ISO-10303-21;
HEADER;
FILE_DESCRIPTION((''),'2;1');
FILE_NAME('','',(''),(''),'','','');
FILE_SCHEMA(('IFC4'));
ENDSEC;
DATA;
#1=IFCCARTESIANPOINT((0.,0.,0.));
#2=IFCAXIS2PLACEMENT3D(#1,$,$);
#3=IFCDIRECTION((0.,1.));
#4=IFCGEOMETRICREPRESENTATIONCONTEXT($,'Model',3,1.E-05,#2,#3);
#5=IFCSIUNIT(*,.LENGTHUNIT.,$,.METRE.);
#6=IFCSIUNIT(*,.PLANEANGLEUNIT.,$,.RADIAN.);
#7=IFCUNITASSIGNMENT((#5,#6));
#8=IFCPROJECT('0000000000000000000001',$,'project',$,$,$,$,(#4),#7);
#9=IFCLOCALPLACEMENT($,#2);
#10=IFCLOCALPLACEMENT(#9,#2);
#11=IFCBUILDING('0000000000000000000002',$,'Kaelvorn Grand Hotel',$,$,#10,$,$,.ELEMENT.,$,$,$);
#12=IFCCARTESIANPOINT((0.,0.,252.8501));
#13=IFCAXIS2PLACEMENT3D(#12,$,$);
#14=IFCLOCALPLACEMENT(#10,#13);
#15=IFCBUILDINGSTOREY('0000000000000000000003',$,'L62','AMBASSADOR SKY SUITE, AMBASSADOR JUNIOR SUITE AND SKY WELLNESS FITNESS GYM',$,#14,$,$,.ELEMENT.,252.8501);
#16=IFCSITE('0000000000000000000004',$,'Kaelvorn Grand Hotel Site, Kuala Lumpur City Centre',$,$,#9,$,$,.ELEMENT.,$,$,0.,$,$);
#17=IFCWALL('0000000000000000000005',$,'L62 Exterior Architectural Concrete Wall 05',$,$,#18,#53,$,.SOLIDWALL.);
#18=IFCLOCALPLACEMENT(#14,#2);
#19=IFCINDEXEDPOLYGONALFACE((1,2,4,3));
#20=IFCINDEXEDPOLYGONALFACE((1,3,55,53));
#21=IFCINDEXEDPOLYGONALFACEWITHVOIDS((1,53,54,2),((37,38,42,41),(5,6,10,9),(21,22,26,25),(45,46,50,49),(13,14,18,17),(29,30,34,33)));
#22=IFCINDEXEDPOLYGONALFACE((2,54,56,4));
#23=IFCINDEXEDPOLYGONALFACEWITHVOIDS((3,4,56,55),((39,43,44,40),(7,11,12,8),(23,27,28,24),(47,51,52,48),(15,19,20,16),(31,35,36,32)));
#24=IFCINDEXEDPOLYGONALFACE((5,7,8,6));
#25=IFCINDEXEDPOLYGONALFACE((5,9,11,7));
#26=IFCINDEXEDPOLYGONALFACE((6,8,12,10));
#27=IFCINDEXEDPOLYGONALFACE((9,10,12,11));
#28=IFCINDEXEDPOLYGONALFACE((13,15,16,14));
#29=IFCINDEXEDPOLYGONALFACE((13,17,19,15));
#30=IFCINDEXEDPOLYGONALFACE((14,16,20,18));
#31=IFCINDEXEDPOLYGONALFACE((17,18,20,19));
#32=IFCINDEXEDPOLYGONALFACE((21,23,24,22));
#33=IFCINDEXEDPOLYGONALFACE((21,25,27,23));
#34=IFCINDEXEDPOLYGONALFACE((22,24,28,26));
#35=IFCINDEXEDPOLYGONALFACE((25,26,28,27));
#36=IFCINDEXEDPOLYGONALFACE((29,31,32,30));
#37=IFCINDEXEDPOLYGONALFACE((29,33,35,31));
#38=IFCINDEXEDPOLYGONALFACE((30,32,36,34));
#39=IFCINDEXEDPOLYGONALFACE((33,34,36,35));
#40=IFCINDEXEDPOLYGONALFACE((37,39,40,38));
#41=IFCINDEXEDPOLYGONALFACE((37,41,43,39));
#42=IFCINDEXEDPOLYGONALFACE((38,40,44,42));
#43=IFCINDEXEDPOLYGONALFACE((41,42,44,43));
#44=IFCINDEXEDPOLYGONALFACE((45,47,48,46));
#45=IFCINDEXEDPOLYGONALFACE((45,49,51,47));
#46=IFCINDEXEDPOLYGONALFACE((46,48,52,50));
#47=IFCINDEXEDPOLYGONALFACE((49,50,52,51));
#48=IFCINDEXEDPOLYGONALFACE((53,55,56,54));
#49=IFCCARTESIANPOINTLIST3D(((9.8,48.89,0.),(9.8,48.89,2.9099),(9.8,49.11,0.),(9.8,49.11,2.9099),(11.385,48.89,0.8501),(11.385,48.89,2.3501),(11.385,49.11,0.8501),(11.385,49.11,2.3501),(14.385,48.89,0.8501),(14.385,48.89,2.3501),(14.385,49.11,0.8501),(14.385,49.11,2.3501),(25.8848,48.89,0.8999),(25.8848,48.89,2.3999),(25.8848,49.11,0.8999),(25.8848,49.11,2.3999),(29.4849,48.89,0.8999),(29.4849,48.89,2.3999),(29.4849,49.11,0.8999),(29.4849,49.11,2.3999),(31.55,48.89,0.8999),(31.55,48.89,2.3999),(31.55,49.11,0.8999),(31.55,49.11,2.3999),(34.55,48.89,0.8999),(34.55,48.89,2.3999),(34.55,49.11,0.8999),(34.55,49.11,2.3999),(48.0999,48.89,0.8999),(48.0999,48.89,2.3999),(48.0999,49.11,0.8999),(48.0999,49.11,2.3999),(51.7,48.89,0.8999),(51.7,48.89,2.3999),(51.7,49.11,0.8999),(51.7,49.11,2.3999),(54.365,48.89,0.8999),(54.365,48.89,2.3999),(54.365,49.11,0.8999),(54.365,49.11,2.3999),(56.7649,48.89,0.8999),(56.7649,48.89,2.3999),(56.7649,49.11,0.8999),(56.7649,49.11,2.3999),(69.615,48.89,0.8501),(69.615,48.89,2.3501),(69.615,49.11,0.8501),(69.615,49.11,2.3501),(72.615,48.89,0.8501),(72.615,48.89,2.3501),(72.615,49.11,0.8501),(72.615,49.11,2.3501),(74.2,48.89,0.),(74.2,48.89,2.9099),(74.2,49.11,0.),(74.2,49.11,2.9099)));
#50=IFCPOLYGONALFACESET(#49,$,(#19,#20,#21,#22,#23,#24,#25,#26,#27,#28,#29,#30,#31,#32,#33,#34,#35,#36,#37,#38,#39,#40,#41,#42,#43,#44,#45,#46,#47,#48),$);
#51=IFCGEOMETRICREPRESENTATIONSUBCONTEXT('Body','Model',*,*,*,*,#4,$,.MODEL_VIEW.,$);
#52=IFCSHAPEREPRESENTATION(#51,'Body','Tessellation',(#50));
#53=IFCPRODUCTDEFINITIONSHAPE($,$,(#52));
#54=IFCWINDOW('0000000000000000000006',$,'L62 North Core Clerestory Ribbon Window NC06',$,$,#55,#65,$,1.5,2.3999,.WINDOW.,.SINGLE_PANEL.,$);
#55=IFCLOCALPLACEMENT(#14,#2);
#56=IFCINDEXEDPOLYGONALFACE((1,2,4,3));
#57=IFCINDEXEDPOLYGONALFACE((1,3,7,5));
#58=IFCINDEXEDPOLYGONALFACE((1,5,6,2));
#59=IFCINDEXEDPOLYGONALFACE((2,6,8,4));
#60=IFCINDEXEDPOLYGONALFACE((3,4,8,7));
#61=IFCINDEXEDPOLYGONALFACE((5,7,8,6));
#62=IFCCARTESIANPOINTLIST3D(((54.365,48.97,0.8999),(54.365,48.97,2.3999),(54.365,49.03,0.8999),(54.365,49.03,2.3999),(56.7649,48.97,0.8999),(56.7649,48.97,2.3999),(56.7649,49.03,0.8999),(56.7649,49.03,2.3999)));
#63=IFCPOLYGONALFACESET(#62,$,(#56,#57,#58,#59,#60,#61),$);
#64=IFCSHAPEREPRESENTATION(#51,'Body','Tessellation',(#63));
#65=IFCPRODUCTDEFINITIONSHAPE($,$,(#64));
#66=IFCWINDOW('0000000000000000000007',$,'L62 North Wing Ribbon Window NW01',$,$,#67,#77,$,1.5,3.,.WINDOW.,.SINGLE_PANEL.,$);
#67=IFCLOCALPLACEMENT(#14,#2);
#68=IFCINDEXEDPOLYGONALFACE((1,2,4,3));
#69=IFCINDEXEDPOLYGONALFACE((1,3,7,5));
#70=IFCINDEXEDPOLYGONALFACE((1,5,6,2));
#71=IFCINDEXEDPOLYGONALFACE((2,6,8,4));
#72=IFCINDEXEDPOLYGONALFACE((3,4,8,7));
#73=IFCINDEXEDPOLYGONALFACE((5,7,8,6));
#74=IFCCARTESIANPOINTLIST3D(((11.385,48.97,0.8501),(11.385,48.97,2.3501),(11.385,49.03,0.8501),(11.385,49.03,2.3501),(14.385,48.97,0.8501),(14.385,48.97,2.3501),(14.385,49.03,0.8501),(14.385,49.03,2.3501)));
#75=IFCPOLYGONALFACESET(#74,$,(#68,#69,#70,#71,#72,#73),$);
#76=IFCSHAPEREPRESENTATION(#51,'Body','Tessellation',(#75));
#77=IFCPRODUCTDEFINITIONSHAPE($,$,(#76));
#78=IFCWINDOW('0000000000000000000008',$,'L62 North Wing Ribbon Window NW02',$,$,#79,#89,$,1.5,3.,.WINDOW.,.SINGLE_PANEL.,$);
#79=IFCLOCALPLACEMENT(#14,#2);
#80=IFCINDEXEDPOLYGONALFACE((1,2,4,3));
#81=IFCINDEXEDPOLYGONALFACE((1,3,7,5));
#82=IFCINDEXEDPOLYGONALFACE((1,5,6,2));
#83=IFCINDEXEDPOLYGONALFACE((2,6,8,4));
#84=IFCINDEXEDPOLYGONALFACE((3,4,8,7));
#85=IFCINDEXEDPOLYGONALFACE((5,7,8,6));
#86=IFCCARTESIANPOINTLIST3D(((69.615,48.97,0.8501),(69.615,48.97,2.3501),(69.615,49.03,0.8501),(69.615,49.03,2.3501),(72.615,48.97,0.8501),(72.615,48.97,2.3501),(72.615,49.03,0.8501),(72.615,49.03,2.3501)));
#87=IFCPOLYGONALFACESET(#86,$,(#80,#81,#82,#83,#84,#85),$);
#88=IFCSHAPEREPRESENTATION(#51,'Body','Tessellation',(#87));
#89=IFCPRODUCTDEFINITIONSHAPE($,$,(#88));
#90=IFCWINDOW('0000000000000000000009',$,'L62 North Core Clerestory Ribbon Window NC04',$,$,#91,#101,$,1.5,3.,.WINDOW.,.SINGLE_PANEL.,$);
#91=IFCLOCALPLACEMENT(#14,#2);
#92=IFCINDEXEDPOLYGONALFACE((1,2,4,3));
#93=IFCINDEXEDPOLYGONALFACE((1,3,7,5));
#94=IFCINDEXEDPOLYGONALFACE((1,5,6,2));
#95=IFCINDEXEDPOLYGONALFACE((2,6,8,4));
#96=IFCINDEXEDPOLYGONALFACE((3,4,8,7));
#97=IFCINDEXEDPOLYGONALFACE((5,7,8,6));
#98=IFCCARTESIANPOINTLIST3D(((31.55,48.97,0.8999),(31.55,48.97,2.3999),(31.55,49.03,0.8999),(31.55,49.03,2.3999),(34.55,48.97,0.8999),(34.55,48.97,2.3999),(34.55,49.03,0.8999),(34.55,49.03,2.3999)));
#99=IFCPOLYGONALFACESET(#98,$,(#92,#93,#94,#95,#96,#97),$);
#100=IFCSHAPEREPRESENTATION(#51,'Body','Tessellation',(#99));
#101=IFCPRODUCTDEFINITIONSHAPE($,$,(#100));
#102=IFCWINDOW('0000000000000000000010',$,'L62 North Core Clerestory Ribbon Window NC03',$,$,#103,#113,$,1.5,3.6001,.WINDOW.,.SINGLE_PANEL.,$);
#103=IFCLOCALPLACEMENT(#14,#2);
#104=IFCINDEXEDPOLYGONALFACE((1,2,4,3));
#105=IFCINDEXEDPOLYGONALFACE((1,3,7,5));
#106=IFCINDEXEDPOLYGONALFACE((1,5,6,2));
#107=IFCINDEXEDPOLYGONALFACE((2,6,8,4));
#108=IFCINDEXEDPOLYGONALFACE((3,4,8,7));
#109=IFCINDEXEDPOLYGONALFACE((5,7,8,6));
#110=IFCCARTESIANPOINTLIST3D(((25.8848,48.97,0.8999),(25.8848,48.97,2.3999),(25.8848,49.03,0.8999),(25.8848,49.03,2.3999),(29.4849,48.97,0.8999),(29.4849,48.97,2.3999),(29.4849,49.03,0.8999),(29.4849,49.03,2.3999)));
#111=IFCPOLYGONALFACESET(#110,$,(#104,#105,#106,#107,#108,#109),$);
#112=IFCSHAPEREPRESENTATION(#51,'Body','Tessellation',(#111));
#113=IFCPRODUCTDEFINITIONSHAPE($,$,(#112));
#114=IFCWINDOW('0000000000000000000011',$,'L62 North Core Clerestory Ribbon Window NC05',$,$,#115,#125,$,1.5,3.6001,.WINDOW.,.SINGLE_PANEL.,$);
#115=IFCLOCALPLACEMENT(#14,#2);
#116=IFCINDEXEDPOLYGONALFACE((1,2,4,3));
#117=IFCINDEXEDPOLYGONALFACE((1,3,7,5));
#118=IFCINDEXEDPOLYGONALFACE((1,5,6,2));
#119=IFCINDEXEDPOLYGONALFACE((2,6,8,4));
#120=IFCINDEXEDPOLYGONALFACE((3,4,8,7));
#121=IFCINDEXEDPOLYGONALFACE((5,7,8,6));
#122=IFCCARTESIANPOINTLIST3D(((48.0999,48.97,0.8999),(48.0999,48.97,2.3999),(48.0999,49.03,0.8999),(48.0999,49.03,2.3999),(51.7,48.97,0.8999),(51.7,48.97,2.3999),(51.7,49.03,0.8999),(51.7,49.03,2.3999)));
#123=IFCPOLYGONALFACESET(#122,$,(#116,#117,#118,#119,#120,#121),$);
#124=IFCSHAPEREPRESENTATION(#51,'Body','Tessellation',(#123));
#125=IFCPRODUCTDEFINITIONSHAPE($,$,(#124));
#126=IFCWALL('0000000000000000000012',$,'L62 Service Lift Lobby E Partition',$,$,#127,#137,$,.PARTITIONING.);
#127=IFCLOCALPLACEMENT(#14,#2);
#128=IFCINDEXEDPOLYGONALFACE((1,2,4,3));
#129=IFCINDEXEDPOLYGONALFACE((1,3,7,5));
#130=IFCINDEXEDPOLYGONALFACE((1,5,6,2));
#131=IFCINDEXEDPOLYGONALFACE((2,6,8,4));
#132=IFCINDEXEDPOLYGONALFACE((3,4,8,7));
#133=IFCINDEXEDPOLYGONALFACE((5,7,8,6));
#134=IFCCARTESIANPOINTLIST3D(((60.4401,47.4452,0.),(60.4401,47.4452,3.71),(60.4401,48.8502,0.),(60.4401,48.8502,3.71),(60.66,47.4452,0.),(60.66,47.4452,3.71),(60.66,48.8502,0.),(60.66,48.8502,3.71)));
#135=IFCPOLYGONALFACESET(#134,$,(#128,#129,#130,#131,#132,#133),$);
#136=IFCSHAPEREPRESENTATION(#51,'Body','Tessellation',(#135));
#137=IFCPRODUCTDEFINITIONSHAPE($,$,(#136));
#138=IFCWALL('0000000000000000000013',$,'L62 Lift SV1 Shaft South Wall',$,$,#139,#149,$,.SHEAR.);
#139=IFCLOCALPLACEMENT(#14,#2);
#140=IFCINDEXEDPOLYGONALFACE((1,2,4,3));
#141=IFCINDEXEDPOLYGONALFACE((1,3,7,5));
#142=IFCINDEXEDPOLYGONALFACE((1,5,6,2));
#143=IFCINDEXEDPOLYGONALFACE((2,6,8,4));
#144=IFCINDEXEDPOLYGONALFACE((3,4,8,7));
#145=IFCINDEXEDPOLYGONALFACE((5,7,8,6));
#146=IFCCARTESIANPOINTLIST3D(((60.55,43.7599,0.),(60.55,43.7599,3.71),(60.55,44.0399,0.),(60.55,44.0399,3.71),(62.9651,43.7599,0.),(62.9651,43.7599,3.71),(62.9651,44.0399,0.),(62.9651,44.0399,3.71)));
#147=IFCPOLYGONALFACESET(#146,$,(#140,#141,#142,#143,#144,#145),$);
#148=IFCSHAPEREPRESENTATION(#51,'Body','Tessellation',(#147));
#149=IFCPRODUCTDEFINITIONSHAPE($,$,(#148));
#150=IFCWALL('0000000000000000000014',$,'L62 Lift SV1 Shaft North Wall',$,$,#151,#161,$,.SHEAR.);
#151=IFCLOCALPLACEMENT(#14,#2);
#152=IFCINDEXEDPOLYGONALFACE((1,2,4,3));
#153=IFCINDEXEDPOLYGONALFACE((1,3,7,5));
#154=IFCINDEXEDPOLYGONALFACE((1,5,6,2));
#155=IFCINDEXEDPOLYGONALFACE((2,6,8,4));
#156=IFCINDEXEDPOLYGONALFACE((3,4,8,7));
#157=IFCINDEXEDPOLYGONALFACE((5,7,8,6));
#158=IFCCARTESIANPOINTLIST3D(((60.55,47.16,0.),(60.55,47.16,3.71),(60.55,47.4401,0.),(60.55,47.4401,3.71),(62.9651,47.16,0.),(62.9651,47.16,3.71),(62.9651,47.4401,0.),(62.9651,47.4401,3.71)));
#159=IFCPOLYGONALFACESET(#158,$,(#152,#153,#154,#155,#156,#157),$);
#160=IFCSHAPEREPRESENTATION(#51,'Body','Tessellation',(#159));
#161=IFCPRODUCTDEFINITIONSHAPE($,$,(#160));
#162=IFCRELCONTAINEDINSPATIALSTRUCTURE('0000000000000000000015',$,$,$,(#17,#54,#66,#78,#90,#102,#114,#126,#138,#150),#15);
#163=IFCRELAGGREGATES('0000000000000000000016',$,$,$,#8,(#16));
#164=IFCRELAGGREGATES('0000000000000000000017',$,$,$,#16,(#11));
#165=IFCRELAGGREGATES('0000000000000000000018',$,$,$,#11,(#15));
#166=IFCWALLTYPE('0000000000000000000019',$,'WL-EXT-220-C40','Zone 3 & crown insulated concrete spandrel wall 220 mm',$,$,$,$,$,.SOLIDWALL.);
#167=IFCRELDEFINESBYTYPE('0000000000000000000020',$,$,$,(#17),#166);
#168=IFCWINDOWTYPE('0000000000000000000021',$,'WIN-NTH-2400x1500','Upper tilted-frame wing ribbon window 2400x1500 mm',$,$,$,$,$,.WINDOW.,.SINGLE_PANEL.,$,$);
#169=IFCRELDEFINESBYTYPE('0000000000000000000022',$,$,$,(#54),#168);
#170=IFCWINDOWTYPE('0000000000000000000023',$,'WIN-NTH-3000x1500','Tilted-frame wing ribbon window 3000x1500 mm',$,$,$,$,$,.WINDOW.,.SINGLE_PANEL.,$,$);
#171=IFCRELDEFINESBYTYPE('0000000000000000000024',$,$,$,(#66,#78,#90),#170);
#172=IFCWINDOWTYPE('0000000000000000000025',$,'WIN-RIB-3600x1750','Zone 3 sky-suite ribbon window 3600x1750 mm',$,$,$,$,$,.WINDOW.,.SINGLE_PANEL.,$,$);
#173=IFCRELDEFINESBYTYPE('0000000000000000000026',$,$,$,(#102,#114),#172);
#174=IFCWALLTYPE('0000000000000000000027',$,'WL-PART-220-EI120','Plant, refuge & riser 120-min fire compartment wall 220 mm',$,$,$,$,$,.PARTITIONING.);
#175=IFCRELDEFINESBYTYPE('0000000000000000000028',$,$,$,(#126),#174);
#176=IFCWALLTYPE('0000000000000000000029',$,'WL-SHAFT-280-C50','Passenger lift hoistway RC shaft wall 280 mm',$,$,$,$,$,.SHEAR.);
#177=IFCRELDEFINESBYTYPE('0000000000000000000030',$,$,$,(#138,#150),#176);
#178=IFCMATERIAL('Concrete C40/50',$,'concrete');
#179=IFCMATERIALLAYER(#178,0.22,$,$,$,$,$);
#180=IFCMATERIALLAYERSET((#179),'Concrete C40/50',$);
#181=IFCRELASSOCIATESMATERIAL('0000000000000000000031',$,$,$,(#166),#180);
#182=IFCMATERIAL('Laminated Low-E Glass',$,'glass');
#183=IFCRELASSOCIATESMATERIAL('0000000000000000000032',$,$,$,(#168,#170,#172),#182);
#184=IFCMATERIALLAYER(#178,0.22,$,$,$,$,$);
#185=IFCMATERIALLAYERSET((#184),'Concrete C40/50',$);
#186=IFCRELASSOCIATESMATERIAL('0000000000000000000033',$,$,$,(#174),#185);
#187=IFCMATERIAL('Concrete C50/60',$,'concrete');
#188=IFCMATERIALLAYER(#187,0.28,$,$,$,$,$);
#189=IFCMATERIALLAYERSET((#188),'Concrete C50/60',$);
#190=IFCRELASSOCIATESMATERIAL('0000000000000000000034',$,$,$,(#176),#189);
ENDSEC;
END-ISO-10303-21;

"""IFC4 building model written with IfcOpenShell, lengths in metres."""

from ifc_helpers import new_model, si_unit, direction, frame, frame_2d, origin, place, context, subcontext, project, spatial, rectangle, extrude, material, layer, layer_set, type_object, element, fill, save


model = new_model("IFC4")

# Units and contexts
model_context = context("Model", 3, precision=1e-05, world=origin(), true_north=direction((0.0, 1.0)))
body_context = subcontext(model_context, "Body", "Model", "MODEL_VIEW")
ifc_project = project(units=[si_unit("LENGTHUNIT", "METRE"), si_unit("PLANEANGLEUNIT", "RADIAN")], contexts=[model_context])

# Site, building, storey
site_placement = place(None, origin())
site = spatial("IfcSite", under=ifc_project, at=site_placement, Name="Kaelvorn Grand Hotel Site, Kuala Lumpur City Centre", CompositionType="ELEMENT", RefElevation=0.0)
building_placement = place(site_placement, origin())
building = spatial("IfcBuilding", under=site, at=building_placement, Name="Kaelvorn Grand Hotel", CompositionType="ELEMENT")
storey_placement = place(building_placement, frame((0.0, 0.0, 252.8501)))
storey = spatial("IfcBuildingStorey", under=building, at=storey_placement, Name="L62", Description="AMBASSADOR SKY SUITE, AMBASSADOR JUNIOR SUITE AND SKY WELLNESS FITNESS GYM", CompositionType="ELEMENT", Elevation=252.8501)

# Shared definitions
ifc_material_1 = material(Name="Concrete C50/60", Category="concrete")

# Shared definitions
ifc_material_2 = material(Name="Concrete C40/50", Category="concrete")
ifc_layer_1 = layer(ifc_material_2, 0.22)
ifc_layer_set_1 = layer_set([ifc_layer_1], Name="Concrete C40/50")
wall_type_1 = type_object("IfcWallType", Name="WL-EXT-220-C40", Description="Zone 3 & crown insulated concrete spandrel wall 220 mm", PredefinedType="SOLIDWALL", material=ifc_layer_set_1)
ifc_material_3 = material(Name="Laminated Low-E Glass", Category="glass")

# Wall, openings, windows
wall_1_placement = place(storey_placement, frame((74.2, 49.0, 0.0), z_axis=(0.0, 0.0, 1.0), x_axis=(-1.0, 0.0, 0.0)))
wall_1 = element("IfcWall", 1, at=wall_1_placement, inside=storey, type_object=wall_type_1, Name="L62 Exterior Architectural Concrete Wall 05", PredefinedType="SOLIDWALL", context=body_context, shape_type="SweptSolid", body=[
    extrude(rectangle(XDim=64.3999, YDim=0.22, at=frame_2d((32.2, 0.0))), origin(), (0.0, 0.0, 1.0), 2.9099),
])
opening_1_placement = place(wall_1_placement, frame((59.8149, 0.0, 0.8501)))
opening_1 = element("IfcOpeningElement", 2, at=opening_1_placement, cuts=wall_1, PredefinedType="OPENING", context=body_context, shape_type="SweptSolid", body=[
    extrude(rectangle(XDim=3.0, YDim=1.5, at=frame_2d((1.5, 0.75))), frame((0.0, 0.1201, 0.0), z_axis=(0.0, -1.0, 0.0), x_axis=(1.0, 0.0, 0.0)), (0.0, 0.0, 1.0), 0.24),
])
opening_2_placement = place(wall_1_placement, frame((1.585, 0.0, 0.8501)))
opening_2 = element("IfcOpeningElement", 3, at=opening_2_placement, cuts=wall_1, PredefinedType="OPENING", context=body_context, shape_type="SweptSolid", body=[
    extrude(rectangle(XDim=3.0, YDim=1.5, at=frame_2d((1.5, 0.75))), frame((0.0, 0.1201, 0.0), z_axis=(0.0, -1.0, 0.0), x_axis=(1.0, 0.0, 0.0)), (0.0, 0.0, 1.0), 0.24),
])
opening_3_placement = place(wall_1_placement, frame((44.7151, 0.0, 0.8999)))
opening_3 = element("IfcOpeningElement", 4, at=opening_3_placement, cuts=wall_1, PredefinedType="OPENING", context=body_context, shape_type="SweptSolid", body=[
    extrude(rectangle(XDim=3.6001, YDim=1.5, at=frame_2d((1.8, 0.75))), frame((0.0, 0.1201, 0.0), z_axis=(0.0, -1.0, 0.0), x_axis=(1.0, 0.0, 0.0)), (0.0, 0.0, 1.0), 0.24),
])
opening_4_placement = place(wall_1_placement, frame((39.6499, 0.0, 0.8999)))
opening_4 = element("IfcOpeningElement", 5, at=opening_4_placement, cuts=wall_1, PredefinedType="OPENING", context=body_context, shape_type="SweptSolid", body=[
    extrude(rectangle(XDim=3.0, YDim=1.5, at=frame_2d((1.5, 0.75))), frame((0.0, 0.1201, 0.0), z_axis=(0.0, -1.0, 0.0), x_axis=(1.0, 0.0, 0.0)), (0.0, 0.0, 1.0), 0.24),
])
opening_5_placement = place(wall_1_placement, frame((22.5, 0.0, 0.8999)))
opening_5 = element("IfcOpeningElement", 6, at=opening_5_placement, cuts=wall_1, PredefinedType="OPENING", context=body_context, shape_type="SweptSolid", body=[
    extrude(rectangle(XDim=3.6001, YDim=1.5, at=frame_2d((1.8, 0.75))), frame((0.0, 0.1201, 0.0), z_axis=(0.0, -1.0, 0.0), x_axis=(1.0, 0.0, 0.0)), (0.0, 0.0, 1.0), 0.24),
])
opening_6_placement = place(wall_1_placement, frame((17.4351, 0.0, 0.8999)))
opening_6 = element("IfcOpeningElement", 7, at=opening_6_placement, cuts=wall_1, PredefinedType="OPENING", context=body_context, shape_type="SweptSolid", body=[
    extrude(rectangle(XDim=2.3999, YDim=1.5, at=frame_2d((1.2, 0.75))), frame((0.0, 0.1201, 0.0), z_axis=(0.0, -1.0, 0.0), x_axis=(1.0, 0.0, 0.0)), (0.0, 0.0, 1.0), 0.24),
])
window_type_1 = type_object("IfcWindowType", Name="WIN-NTH-2400x1500", Description="Upper tilted-frame wing ribbon window 2400x1500 mm", PartitioningType="SINGLE_PANEL", PredefinedType="WINDOW", material=ifc_material_3)
window_1_placement = place(opening_6_placement, origin())
window_1 = element("IfcWindow", 8, at=window_1_placement, inside=storey, type_object=window_type_1, Name="L62 North Core Clerestory Ribbon Window NC06", OverallHeight=1.5, OverallWidth=2.3999, PartitioningType="SINGLE_PANEL", PredefinedType="WINDOW", context=body_context, shape_type="SweptSolid", body=[
    extrude(rectangle(XDim=2.3999, YDim=1.5, at=frame_2d((1.2, 0.75))), frame((0.0, 0.03, 0.0), z_axis=(0.0, -1.0, 0.0), x_axis=(1.0, 0.0, 0.0)), (0.0, 0.0, 1.0), 0.0601),
])
fill(opening_6, window_1)
window_type_2 = type_object("IfcWindowType", Name="WIN-NTH-3000x1500", Description="Tilted-frame wing ribbon window 3000x1500 mm", PartitioningType="SINGLE_PANEL", PredefinedType="WINDOW", material=ifc_material_3)
window_2_placement = place(opening_1_placement, origin())
window_2 = element("IfcWindow", 9, at=window_2_placement, inside=storey, type_object=window_type_2, Name="L62 North Wing Ribbon Window NW01", OverallHeight=1.5, OverallWidth=3.0, PartitioningType="SINGLE_PANEL", PredefinedType="WINDOW", context=body_context, shape_type="SweptSolid", body=[
    extrude(rectangle(XDim=3.0, YDim=1.5, at=frame_2d((1.5, 0.75))), frame((0.0, 0.03, 0.0), z_axis=(0.0, -1.0, 0.0), x_axis=(1.0, 0.0, 0.0)), (0.0, 0.0, 1.0), 0.0601),
])
fill(opening_1, window_2)
window_3_placement = place(opening_2_placement, origin())
window_3 = element("IfcWindow", 10, at=window_3_placement, inside=storey, type_object=window_type_2, Name="L62 North Wing Ribbon Window NW02", OverallHeight=1.5, OverallWidth=3.0, PartitioningType="SINGLE_PANEL", PredefinedType="WINDOW", context=body_context, shape_type="SweptSolid", body=[
    extrude(rectangle(XDim=3.0, YDim=1.5, at=frame_2d((1.5, 0.75))), frame((0.0, 0.03, 0.0), z_axis=(0.0, -1.0, 0.0), x_axis=(1.0, 0.0, 0.0)), (0.0, 0.0, 1.0), 0.0601),
])
fill(opening_2, window_3)
window_4_placement = place(opening_4_placement, origin())
window_4 = element("IfcWindow", 11, at=window_4_placement, inside=storey, type_object=window_type_2, Name="L62 North Core Clerestory Ribbon Window NC04", OverallHeight=1.5, OverallWidth=3.0, PartitioningType="SINGLE_PANEL", PredefinedType="WINDOW", context=body_context, shape_type="SweptSolid", body=[
    extrude(rectangle(XDim=3.0, YDim=1.5, at=frame_2d((1.5, 0.75))), frame((0.0, 0.03, 0.0), z_axis=(0.0, -1.0, 0.0), x_axis=(1.0, 0.0, 0.0)), (0.0, 0.0, 1.0), 0.0601),
])
fill(opening_4, window_4)
window_type_3 = type_object("IfcWindowType", Name="WIN-RIB-3600x1750", Description="Zone 3 sky-suite ribbon window 3600x1750 mm", PartitioningType="SINGLE_PANEL", PredefinedType="WINDOW", material=ifc_material_3)
window_5_placement = place(opening_3_placement, origin())
window_5 = element("IfcWindow", 12, at=window_5_placement, inside=storey, type_object=window_type_3, Name="L62 North Core Clerestory Ribbon Window NC03", OverallHeight=1.5, OverallWidth=3.6001, PartitioningType="SINGLE_PANEL", PredefinedType="WINDOW", context=body_context, shape_type="SweptSolid", body=[
    extrude(rectangle(XDim=3.6001, YDim=1.5, at=frame_2d((1.8, 0.75))), frame((0.0, 0.03, 0.0), z_axis=(0.0, -1.0, 0.0), x_axis=(1.0, 0.0, 0.0)), (0.0, 0.0, 1.0), 0.0601),
])
fill(opening_3, window_5)
window_6_placement = place(opening_5_placement, origin())
window_6 = element("IfcWindow", 13, at=window_6_placement, inside=storey, type_object=window_type_3, Name="L62 North Core Clerestory Ribbon Window NC05", OverallHeight=1.5, OverallWidth=3.6001, PartitioningType="SINGLE_PANEL", PredefinedType="WINDOW", context=body_context, shape_type="SweptSolid", body=[
    extrude(rectangle(XDim=3.6001, YDim=1.5, at=frame_2d((1.8, 0.75))), frame((0.0, 0.03, 0.0), z_axis=(0.0, -1.0, 0.0), x_axis=(1.0, 0.0, 0.0)), (0.0, 0.0, 1.0), 0.0601),
])
fill(opening_5, window_6)

# Walls
ifc_layer_2 = layer(ifc_material_2, 0.22)
ifc_layer_set_2 = layer_set([ifc_layer_2], Name="Concrete C40/50")
wall_type_2 = type_object("IfcWallType", Name="WL-PART-220-EI120", Description="Plant, refuge & riser 120-min fire compartment wall 220 mm", PredefinedType="PARTITIONING", material=ifc_layer_set_2)
wall_2_placement = place(storey_placement, frame((60.55, 47.4451, 0.0), z_axis=(0.0, 0.0, 1.0), x_axis=(0.0, 1.0, 0.0)))
element("IfcWall", 14, at=wall_2_placement, inside=storey, type_object=wall_type_2, Name="L62 Service Lift Lobby E Partition", PredefinedType="PARTITIONING", context=body_context, shape_type="SweptSolid", body=[
    extrude(rectangle(XDim=1.405, YDim=0.22, at=frame_2d((0.7026, 0.0))), origin(), (0.0, 0.0, 1.0), 3.71),
])
ifc_layer_3 = layer(ifc_material_1, 0.28)
ifc_layer_set_3 = layer_set([ifc_layer_3], Name="Concrete C50/60")
wall_type_3 = type_object("IfcWallType", Name="WL-SHAFT-280-C50", Description="Passenger lift hoistway RC shaft wall 280 mm", PredefinedType="SHEAR", material=ifc_layer_set_3)
for number, where, z_axis, x_axis, name in (
    (15, (60.55, 43.8999, 0.0), (0.0, 0.0, 1.0), (1.0, 0.0, 0.0), "L62 Lift SV1 Shaft South Wall"),
    (16, (60.55, 47.3, 0.0), (0.0, 0.0, 1.0), (1.0, 0.0, 0.0), "L62 Lift SV1 Shaft North Wall"),
):
    element("IfcWall", number, at=place(storey_placement, frame(where, z_axis=z_axis, x_axis=x_axis)), inside=storey, type_object=wall_type_3, Name=name, PredefinedType="SHEAR", context=body_context, shape_type="SweptSolid", body=[
        extrude(rectangle(XDim=2.415, YDim=0.28, at=frame_2d((1.2075, 0.0))), origin(), (0.0, 0.0, 1.0), 3.71),
    ])

save(model, "model.ifc")
